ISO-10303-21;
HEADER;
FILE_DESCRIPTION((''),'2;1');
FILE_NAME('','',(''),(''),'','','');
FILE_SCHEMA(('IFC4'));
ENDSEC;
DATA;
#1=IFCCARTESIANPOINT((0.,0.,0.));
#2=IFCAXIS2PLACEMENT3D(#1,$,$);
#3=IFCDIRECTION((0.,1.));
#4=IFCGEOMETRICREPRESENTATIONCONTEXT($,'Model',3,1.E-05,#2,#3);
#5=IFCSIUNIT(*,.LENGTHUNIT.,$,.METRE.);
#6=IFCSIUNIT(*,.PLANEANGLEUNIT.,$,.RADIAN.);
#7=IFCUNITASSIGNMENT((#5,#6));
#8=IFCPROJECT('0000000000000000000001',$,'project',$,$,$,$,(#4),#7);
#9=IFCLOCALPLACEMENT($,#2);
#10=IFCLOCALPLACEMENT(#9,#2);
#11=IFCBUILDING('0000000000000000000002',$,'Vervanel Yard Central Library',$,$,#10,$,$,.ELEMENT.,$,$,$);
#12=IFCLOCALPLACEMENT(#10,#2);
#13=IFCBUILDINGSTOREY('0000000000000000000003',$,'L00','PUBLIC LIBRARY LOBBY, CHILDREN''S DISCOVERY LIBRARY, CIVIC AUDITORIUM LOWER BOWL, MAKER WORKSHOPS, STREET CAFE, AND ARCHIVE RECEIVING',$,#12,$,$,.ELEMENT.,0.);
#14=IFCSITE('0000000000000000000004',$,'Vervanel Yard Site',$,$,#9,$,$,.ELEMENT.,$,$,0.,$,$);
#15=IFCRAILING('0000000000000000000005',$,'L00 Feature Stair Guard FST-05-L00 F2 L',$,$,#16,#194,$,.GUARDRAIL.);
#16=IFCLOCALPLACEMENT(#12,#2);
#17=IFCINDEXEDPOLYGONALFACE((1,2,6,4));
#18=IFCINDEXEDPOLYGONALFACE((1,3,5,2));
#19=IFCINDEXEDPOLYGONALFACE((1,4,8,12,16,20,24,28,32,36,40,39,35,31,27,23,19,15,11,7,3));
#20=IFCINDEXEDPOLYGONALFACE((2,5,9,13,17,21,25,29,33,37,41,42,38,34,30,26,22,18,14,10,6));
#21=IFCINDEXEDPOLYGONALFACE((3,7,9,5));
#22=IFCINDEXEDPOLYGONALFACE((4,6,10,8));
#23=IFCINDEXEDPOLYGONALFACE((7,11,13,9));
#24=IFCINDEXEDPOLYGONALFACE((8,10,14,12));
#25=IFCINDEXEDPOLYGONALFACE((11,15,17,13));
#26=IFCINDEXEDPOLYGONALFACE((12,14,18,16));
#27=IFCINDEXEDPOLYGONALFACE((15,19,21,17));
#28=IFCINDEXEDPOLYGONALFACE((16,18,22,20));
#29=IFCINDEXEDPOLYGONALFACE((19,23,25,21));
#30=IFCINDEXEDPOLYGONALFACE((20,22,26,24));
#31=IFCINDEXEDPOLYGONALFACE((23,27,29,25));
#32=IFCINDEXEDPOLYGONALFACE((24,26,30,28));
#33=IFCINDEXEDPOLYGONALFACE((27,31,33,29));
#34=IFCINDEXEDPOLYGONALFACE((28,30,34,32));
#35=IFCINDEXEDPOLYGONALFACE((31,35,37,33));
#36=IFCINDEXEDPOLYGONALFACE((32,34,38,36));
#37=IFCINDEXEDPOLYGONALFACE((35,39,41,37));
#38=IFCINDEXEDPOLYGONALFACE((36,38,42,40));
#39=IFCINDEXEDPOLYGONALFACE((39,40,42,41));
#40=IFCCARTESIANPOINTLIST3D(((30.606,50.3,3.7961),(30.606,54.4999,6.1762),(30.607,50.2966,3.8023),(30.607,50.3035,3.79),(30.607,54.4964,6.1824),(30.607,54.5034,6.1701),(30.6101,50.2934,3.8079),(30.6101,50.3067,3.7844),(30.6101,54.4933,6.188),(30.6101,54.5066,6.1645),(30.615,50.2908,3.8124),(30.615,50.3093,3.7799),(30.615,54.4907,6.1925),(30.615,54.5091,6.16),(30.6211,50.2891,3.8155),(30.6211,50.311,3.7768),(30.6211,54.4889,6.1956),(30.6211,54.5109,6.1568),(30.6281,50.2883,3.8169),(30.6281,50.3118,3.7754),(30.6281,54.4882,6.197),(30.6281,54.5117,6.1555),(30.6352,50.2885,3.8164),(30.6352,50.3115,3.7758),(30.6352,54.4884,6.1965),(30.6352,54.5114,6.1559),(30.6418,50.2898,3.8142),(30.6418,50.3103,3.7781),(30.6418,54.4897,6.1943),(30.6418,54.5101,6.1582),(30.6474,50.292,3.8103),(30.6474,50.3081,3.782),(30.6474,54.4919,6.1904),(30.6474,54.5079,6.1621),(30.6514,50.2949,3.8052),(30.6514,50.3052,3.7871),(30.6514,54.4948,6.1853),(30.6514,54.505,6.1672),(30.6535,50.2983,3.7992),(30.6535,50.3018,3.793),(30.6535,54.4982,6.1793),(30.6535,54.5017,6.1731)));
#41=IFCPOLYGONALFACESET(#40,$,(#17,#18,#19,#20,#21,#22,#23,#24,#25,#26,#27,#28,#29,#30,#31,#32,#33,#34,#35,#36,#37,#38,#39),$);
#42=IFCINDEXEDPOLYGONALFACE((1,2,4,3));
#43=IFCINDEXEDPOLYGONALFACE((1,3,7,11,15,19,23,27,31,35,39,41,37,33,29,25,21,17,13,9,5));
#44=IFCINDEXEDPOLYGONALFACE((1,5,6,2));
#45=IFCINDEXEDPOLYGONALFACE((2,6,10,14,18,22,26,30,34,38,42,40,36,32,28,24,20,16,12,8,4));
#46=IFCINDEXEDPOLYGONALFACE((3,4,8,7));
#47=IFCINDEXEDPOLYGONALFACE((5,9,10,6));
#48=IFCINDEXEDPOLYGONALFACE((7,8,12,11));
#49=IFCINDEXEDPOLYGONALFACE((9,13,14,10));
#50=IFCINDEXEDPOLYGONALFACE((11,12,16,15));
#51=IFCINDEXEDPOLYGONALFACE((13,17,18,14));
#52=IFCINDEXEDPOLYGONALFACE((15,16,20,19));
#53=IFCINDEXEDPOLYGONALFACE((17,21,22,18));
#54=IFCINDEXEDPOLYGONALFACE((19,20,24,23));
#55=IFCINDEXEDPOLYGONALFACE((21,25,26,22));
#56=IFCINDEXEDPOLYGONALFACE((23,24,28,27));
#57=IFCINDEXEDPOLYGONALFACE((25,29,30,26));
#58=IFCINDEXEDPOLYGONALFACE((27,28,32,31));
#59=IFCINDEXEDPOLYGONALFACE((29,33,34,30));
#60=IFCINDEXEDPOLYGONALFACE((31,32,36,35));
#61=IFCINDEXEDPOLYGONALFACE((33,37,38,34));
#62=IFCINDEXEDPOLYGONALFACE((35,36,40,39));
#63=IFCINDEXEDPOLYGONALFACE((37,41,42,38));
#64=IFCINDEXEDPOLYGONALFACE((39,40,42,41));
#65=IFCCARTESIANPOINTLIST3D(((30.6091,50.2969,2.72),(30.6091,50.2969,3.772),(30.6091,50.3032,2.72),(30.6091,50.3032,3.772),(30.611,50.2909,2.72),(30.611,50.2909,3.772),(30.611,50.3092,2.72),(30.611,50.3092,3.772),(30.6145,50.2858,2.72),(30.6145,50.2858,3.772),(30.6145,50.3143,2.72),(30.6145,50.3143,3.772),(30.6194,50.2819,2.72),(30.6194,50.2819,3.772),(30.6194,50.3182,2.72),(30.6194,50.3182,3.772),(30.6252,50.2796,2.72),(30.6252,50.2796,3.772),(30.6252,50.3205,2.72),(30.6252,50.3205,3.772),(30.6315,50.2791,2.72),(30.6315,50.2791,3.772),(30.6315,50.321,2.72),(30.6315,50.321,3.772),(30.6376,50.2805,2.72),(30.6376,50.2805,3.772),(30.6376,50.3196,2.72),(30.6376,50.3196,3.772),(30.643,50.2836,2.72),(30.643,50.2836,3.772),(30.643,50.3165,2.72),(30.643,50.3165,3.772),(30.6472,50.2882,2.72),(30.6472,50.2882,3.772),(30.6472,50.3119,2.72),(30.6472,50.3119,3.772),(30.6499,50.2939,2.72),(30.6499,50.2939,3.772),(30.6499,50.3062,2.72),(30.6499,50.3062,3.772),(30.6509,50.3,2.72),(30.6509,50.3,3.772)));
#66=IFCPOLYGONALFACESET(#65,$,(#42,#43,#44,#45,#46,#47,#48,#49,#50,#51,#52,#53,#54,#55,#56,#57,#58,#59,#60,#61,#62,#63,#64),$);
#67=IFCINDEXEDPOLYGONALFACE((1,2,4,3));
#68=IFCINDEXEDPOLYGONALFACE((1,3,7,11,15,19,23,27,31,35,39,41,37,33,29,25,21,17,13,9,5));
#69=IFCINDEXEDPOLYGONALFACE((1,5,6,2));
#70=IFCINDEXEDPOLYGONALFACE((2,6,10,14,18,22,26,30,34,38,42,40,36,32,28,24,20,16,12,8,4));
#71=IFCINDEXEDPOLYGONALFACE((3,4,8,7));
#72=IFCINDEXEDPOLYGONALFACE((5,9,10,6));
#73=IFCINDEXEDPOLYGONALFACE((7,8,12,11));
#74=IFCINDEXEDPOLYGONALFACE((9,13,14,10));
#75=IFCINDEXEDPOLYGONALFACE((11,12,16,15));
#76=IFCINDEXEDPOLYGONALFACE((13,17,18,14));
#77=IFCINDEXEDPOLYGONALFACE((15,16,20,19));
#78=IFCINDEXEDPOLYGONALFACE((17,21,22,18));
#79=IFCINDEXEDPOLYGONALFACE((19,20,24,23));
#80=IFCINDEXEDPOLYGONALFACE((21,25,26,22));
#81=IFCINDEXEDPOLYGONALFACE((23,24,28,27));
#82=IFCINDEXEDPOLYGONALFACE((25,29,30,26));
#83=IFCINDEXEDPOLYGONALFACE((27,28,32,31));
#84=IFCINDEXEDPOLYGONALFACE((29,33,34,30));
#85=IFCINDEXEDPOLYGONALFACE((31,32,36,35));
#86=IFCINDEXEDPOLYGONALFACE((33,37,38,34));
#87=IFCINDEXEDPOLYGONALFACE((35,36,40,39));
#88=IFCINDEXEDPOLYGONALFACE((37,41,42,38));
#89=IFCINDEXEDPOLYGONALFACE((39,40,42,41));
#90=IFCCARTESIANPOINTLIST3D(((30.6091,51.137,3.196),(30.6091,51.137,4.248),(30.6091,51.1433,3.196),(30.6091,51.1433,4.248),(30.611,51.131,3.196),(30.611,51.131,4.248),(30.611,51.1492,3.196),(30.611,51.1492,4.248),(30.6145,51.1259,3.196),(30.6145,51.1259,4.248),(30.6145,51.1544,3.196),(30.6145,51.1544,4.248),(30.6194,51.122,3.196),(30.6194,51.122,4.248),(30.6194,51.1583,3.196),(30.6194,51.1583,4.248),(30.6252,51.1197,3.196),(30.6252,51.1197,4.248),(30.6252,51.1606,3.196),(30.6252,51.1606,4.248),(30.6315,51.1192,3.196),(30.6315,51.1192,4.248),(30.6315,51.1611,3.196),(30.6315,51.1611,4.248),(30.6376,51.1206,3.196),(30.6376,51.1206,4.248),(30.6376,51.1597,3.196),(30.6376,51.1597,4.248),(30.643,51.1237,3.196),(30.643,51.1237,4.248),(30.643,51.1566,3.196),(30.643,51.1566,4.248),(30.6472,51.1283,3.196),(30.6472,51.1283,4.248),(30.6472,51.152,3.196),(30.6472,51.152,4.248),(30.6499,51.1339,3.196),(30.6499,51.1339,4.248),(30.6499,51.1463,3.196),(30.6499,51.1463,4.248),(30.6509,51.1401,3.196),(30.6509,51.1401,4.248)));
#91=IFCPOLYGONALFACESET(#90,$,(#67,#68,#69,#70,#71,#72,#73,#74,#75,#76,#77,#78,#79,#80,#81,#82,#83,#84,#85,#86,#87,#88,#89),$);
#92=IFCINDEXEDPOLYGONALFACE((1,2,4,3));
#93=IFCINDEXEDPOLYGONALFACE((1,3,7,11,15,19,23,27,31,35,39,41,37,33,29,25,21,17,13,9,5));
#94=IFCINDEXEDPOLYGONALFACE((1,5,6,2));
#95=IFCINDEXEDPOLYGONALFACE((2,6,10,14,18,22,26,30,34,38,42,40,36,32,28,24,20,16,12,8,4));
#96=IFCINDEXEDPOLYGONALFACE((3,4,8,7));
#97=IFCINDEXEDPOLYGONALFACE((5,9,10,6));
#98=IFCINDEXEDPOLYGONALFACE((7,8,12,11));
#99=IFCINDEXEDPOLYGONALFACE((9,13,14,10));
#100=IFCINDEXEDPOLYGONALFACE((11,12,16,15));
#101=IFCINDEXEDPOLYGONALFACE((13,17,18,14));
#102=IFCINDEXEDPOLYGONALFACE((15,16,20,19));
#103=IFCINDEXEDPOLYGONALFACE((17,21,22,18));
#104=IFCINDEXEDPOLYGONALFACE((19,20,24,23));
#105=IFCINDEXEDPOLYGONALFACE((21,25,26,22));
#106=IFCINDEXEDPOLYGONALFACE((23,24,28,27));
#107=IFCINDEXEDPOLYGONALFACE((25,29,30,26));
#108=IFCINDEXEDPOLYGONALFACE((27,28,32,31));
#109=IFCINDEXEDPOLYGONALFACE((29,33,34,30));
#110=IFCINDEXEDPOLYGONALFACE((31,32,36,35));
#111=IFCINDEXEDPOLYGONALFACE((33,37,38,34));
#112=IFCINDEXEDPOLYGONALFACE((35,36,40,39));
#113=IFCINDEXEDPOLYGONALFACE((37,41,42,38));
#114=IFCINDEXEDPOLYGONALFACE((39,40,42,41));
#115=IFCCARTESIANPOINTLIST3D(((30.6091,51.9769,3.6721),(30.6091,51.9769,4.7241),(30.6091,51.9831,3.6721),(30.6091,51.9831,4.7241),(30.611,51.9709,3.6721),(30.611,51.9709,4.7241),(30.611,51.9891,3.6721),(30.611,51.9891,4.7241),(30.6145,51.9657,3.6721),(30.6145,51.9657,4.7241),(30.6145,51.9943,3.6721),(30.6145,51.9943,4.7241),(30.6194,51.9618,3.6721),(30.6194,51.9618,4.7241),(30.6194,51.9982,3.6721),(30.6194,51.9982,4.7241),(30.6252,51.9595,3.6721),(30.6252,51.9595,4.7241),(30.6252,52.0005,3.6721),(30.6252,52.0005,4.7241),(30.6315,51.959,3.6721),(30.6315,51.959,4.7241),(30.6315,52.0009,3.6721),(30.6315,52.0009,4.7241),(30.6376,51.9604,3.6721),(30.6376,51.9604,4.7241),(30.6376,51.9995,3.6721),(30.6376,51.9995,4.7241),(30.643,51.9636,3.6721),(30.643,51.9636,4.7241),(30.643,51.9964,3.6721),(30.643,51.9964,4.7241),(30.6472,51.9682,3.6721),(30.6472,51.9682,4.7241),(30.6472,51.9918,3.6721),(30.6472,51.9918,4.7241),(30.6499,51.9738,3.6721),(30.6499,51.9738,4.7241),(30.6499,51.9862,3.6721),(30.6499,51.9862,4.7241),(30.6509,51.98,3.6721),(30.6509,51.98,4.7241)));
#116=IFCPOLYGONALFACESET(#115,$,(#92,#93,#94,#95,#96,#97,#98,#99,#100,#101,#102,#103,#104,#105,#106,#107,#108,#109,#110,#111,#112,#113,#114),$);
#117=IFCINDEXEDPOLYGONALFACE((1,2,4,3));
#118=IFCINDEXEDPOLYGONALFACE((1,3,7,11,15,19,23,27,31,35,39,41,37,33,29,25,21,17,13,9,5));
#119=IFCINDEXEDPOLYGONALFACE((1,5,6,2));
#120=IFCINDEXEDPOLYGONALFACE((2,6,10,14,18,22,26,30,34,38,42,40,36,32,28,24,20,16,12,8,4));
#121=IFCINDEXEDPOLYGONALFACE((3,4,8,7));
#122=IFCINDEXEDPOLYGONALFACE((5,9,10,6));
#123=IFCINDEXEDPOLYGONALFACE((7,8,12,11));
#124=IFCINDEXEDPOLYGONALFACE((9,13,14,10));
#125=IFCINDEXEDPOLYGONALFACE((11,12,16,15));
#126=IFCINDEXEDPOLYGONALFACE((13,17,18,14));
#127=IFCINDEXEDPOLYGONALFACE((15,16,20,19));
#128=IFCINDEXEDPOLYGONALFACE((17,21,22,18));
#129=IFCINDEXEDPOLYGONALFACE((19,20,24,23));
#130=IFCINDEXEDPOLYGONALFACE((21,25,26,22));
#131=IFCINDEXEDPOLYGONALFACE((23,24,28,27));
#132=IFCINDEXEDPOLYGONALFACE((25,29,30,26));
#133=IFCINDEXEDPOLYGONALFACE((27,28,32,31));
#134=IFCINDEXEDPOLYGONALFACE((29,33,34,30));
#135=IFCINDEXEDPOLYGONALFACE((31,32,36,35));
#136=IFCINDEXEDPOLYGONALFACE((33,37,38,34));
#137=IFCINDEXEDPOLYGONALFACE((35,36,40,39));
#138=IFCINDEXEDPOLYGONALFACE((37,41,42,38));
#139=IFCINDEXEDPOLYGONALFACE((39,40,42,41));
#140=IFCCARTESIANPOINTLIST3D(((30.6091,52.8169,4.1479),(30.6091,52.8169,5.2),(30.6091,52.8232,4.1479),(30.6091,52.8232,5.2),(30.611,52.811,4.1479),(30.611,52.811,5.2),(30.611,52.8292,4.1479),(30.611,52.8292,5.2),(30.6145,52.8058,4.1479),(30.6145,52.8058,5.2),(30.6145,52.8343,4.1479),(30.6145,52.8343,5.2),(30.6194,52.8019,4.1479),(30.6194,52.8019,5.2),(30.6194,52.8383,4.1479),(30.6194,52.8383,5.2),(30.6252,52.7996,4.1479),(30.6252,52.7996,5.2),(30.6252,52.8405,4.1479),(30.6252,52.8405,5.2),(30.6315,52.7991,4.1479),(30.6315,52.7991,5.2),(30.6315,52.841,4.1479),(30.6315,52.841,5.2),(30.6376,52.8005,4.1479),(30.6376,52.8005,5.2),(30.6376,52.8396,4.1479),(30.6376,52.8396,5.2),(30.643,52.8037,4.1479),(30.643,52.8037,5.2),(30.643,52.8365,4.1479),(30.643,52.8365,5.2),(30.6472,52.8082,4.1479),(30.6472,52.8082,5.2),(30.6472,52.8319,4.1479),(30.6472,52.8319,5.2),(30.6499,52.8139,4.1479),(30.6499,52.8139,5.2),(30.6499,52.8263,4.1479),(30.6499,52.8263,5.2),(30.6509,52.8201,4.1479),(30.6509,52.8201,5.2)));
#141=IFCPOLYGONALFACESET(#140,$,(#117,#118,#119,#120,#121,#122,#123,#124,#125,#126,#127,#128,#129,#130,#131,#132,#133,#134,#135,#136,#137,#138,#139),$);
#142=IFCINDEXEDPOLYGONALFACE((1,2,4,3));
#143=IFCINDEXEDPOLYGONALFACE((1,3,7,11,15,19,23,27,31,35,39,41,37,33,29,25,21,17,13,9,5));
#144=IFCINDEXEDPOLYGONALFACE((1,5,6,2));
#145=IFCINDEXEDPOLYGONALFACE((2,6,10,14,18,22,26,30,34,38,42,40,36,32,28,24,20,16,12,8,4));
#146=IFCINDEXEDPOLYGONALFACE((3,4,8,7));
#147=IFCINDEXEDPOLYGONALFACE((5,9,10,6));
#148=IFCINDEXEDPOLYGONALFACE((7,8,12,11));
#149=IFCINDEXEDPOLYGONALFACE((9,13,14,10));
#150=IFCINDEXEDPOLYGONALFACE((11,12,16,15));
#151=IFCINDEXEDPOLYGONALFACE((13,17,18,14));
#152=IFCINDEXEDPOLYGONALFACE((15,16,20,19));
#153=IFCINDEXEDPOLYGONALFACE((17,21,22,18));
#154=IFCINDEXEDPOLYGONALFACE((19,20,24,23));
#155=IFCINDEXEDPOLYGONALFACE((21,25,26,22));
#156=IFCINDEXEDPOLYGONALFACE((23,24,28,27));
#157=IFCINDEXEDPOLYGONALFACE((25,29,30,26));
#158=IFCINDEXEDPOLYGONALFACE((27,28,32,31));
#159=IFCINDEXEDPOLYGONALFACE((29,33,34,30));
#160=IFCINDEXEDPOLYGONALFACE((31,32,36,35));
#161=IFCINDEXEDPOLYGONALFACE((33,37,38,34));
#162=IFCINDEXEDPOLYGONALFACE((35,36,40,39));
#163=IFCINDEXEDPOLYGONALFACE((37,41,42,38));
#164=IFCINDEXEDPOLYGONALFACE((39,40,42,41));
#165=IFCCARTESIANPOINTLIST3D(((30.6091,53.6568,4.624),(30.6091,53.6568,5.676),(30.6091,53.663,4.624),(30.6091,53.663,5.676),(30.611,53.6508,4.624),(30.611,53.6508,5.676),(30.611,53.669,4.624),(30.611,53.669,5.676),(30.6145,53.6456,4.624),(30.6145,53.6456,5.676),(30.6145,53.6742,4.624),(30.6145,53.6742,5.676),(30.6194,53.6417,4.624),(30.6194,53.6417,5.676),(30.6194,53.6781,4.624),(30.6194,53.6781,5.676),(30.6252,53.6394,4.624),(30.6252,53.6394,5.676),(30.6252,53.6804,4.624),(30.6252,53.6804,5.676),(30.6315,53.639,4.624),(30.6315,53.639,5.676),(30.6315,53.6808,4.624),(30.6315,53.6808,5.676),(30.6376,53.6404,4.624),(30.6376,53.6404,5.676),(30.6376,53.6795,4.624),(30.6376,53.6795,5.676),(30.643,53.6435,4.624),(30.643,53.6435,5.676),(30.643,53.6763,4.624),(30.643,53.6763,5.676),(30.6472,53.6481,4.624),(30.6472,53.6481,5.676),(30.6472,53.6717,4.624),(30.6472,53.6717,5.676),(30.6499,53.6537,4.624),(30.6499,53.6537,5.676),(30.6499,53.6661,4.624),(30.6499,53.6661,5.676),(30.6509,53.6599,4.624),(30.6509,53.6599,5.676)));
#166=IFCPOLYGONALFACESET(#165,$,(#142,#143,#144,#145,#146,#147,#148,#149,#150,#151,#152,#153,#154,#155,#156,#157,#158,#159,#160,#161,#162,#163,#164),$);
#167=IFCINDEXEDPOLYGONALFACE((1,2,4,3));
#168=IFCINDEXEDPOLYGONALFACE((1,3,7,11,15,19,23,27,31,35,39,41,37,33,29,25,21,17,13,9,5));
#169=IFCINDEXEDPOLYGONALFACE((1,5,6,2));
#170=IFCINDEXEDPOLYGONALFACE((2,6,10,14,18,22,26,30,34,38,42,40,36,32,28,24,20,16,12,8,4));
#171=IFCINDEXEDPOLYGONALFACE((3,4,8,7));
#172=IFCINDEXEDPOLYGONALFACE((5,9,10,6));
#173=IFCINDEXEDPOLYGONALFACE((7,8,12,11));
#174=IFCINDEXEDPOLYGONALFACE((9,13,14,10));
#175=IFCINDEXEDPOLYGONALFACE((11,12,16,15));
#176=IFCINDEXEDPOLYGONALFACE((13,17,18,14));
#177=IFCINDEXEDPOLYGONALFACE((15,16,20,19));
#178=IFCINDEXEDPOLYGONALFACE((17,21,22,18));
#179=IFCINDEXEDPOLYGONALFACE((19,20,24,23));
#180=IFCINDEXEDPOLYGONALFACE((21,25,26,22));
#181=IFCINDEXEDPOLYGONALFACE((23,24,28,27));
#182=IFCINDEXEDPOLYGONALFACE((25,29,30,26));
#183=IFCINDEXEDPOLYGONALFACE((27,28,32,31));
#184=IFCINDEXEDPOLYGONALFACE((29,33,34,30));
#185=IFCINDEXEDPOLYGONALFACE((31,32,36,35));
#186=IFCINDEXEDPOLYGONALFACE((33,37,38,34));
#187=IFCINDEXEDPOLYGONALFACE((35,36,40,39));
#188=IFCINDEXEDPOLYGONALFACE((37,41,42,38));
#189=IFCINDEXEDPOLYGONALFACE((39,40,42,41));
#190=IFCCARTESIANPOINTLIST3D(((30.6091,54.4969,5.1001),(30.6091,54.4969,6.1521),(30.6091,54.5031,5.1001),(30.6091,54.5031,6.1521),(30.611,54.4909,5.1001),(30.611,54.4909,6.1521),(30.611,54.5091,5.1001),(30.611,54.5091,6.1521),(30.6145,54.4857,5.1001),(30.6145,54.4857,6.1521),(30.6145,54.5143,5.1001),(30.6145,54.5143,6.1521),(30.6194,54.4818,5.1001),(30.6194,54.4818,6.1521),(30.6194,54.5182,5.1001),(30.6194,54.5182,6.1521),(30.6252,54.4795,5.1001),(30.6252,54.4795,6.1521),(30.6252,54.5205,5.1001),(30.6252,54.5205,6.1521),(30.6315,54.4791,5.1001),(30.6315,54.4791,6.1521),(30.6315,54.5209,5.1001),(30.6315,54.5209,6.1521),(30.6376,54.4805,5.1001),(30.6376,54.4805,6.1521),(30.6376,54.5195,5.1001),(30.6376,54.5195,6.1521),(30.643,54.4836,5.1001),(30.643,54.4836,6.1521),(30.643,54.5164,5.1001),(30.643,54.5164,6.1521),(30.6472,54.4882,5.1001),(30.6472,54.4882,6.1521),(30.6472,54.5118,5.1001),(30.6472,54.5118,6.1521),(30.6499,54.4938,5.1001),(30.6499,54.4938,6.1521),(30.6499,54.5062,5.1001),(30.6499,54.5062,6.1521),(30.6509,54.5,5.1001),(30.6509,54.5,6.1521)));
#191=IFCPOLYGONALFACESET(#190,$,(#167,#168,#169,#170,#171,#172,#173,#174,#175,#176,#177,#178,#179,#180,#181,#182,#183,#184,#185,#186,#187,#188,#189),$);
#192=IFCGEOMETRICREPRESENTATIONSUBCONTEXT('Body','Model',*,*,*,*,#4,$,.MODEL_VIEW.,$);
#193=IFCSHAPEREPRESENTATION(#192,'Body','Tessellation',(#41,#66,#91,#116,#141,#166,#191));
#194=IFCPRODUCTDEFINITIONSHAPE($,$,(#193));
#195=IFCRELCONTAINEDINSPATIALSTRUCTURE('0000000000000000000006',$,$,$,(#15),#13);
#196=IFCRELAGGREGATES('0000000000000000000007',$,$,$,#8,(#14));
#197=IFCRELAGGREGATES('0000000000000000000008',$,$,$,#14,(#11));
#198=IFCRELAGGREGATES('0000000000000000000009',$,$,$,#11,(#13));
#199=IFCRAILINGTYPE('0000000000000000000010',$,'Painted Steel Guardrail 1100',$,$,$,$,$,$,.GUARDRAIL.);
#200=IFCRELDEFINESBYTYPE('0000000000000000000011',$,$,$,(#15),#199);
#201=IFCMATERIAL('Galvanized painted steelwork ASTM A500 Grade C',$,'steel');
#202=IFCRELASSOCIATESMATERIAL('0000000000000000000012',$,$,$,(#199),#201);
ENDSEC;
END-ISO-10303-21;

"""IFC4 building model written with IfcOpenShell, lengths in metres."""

from ifc_helpers import new_model, si_unit, direction, frame, origin, origin_2d, place, context, subcontext, project, spatial, circle, extrude, material, type_object, element, save


model = new_model("IFC4")

# Units and contexts
model_context = context("Model", 3, precision=1e-05, world=origin(), true_north=direction((0.0, 1.0)))
body_context = subcontext(model_context, "Body", "Model", "MODEL_VIEW")
ifc_project = project(units=[si_unit("LENGTHUNIT", "METRE"), si_unit("PLANEANGLEUNIT", "RADIAN")], contexts=[model_context])

# Site, building, storey
site_placement = place(None, origin())
site = spatial("IfcSite", under=ifc_project, at=site_placement, Name="Vervanel Yard Site", CompositionType="ELEMENT", RefElevation=0.0)
building_placement = place(site_placement, origin())
building = spatial("IfcBuilding", under=site, at=building_placement, Name="Vervanel Yard Central Library", CompositionType="ELEMENT")
storey_placement = place(building_placement, origin())
storey = spatial("IfcBuildingStorey", under=building, at=storey_placement, Name="L00", Description="PUBLIC LIBRARY LOBBY, CHILDREN'S DISCOVERY LIBRARY, CIVIC AUDITORIUM LOWER BOWL, MAKER WORKSHOPS, STREET CAFE, AND ARCHIVE RECEIVING", CompositionType="ELEMENT", Elevation=0.0)

# Railing
ifc_material_1 = material(Name="Galvanized painted steelwork ASTM A500 Grade C", Category="steel")
railing_type = type_object("IfcRailingType", Name="Painted Steel Guardrail 1100", PredefinedType="GUARDRAIL", material=ifc_material_1)
for number, where, name in (
    (1, (30.6299, 50.3, 2.72), "L00 Feature Stair Guard FST-05-L00 F2 L"),
):
    element("IfcRailing", number, at=place(storey_placement, frame(where)), inside=storey, type_object=railing_type, Name=name, PredefinedType="GUARDRAIL", context=body_context, shape_type="SweptSolid", body=[
        extrude(circle(Radius=0.0239, at=origin_2d()), frame((0.0, 0.0, 1.0762), z_axis=(0.0, 0.870008, 0.493037), x_axis=(-1.0, 0.0, 0.0)), (0.0, 0.0, 1.0), 4.8274),
        extrude(circle(Radius=0.021, at=origin_2d()), origin(), (0.0, 0.0, 1.0), 1.052),
        extrude(circle(Radius=0.021, at=origin_2d()), frame((0.0, 0.8401, 0.4761)), (0.0, 0.0, 1.0), 1.052),
        extrude(circle(Radius=0.021, at=origin_2d()), frame((0.0, 1.6799, 0.9521)), (0.0, 0.0, 1.0), 1.052),
        extrude(circle(Radius=0.021, at=origin_2d()), frame((0.0, 2.52, 1.428)), (0.0, 0.0, 1.0), 1.052),
        extrude(circle(Radius=0.021, at=origin_2d()), frame((0.0, 3.3599, 1.9041)), (0.0, 0.0, 1.0), 1.052),
        extrude(circle(Radius=0.021, at=origin_2d()), frame((0.0, 4.2, 2.3801)), (0.0, 0.0, 1.0), 1.052),
    ])

save(model, "model.ifc")
